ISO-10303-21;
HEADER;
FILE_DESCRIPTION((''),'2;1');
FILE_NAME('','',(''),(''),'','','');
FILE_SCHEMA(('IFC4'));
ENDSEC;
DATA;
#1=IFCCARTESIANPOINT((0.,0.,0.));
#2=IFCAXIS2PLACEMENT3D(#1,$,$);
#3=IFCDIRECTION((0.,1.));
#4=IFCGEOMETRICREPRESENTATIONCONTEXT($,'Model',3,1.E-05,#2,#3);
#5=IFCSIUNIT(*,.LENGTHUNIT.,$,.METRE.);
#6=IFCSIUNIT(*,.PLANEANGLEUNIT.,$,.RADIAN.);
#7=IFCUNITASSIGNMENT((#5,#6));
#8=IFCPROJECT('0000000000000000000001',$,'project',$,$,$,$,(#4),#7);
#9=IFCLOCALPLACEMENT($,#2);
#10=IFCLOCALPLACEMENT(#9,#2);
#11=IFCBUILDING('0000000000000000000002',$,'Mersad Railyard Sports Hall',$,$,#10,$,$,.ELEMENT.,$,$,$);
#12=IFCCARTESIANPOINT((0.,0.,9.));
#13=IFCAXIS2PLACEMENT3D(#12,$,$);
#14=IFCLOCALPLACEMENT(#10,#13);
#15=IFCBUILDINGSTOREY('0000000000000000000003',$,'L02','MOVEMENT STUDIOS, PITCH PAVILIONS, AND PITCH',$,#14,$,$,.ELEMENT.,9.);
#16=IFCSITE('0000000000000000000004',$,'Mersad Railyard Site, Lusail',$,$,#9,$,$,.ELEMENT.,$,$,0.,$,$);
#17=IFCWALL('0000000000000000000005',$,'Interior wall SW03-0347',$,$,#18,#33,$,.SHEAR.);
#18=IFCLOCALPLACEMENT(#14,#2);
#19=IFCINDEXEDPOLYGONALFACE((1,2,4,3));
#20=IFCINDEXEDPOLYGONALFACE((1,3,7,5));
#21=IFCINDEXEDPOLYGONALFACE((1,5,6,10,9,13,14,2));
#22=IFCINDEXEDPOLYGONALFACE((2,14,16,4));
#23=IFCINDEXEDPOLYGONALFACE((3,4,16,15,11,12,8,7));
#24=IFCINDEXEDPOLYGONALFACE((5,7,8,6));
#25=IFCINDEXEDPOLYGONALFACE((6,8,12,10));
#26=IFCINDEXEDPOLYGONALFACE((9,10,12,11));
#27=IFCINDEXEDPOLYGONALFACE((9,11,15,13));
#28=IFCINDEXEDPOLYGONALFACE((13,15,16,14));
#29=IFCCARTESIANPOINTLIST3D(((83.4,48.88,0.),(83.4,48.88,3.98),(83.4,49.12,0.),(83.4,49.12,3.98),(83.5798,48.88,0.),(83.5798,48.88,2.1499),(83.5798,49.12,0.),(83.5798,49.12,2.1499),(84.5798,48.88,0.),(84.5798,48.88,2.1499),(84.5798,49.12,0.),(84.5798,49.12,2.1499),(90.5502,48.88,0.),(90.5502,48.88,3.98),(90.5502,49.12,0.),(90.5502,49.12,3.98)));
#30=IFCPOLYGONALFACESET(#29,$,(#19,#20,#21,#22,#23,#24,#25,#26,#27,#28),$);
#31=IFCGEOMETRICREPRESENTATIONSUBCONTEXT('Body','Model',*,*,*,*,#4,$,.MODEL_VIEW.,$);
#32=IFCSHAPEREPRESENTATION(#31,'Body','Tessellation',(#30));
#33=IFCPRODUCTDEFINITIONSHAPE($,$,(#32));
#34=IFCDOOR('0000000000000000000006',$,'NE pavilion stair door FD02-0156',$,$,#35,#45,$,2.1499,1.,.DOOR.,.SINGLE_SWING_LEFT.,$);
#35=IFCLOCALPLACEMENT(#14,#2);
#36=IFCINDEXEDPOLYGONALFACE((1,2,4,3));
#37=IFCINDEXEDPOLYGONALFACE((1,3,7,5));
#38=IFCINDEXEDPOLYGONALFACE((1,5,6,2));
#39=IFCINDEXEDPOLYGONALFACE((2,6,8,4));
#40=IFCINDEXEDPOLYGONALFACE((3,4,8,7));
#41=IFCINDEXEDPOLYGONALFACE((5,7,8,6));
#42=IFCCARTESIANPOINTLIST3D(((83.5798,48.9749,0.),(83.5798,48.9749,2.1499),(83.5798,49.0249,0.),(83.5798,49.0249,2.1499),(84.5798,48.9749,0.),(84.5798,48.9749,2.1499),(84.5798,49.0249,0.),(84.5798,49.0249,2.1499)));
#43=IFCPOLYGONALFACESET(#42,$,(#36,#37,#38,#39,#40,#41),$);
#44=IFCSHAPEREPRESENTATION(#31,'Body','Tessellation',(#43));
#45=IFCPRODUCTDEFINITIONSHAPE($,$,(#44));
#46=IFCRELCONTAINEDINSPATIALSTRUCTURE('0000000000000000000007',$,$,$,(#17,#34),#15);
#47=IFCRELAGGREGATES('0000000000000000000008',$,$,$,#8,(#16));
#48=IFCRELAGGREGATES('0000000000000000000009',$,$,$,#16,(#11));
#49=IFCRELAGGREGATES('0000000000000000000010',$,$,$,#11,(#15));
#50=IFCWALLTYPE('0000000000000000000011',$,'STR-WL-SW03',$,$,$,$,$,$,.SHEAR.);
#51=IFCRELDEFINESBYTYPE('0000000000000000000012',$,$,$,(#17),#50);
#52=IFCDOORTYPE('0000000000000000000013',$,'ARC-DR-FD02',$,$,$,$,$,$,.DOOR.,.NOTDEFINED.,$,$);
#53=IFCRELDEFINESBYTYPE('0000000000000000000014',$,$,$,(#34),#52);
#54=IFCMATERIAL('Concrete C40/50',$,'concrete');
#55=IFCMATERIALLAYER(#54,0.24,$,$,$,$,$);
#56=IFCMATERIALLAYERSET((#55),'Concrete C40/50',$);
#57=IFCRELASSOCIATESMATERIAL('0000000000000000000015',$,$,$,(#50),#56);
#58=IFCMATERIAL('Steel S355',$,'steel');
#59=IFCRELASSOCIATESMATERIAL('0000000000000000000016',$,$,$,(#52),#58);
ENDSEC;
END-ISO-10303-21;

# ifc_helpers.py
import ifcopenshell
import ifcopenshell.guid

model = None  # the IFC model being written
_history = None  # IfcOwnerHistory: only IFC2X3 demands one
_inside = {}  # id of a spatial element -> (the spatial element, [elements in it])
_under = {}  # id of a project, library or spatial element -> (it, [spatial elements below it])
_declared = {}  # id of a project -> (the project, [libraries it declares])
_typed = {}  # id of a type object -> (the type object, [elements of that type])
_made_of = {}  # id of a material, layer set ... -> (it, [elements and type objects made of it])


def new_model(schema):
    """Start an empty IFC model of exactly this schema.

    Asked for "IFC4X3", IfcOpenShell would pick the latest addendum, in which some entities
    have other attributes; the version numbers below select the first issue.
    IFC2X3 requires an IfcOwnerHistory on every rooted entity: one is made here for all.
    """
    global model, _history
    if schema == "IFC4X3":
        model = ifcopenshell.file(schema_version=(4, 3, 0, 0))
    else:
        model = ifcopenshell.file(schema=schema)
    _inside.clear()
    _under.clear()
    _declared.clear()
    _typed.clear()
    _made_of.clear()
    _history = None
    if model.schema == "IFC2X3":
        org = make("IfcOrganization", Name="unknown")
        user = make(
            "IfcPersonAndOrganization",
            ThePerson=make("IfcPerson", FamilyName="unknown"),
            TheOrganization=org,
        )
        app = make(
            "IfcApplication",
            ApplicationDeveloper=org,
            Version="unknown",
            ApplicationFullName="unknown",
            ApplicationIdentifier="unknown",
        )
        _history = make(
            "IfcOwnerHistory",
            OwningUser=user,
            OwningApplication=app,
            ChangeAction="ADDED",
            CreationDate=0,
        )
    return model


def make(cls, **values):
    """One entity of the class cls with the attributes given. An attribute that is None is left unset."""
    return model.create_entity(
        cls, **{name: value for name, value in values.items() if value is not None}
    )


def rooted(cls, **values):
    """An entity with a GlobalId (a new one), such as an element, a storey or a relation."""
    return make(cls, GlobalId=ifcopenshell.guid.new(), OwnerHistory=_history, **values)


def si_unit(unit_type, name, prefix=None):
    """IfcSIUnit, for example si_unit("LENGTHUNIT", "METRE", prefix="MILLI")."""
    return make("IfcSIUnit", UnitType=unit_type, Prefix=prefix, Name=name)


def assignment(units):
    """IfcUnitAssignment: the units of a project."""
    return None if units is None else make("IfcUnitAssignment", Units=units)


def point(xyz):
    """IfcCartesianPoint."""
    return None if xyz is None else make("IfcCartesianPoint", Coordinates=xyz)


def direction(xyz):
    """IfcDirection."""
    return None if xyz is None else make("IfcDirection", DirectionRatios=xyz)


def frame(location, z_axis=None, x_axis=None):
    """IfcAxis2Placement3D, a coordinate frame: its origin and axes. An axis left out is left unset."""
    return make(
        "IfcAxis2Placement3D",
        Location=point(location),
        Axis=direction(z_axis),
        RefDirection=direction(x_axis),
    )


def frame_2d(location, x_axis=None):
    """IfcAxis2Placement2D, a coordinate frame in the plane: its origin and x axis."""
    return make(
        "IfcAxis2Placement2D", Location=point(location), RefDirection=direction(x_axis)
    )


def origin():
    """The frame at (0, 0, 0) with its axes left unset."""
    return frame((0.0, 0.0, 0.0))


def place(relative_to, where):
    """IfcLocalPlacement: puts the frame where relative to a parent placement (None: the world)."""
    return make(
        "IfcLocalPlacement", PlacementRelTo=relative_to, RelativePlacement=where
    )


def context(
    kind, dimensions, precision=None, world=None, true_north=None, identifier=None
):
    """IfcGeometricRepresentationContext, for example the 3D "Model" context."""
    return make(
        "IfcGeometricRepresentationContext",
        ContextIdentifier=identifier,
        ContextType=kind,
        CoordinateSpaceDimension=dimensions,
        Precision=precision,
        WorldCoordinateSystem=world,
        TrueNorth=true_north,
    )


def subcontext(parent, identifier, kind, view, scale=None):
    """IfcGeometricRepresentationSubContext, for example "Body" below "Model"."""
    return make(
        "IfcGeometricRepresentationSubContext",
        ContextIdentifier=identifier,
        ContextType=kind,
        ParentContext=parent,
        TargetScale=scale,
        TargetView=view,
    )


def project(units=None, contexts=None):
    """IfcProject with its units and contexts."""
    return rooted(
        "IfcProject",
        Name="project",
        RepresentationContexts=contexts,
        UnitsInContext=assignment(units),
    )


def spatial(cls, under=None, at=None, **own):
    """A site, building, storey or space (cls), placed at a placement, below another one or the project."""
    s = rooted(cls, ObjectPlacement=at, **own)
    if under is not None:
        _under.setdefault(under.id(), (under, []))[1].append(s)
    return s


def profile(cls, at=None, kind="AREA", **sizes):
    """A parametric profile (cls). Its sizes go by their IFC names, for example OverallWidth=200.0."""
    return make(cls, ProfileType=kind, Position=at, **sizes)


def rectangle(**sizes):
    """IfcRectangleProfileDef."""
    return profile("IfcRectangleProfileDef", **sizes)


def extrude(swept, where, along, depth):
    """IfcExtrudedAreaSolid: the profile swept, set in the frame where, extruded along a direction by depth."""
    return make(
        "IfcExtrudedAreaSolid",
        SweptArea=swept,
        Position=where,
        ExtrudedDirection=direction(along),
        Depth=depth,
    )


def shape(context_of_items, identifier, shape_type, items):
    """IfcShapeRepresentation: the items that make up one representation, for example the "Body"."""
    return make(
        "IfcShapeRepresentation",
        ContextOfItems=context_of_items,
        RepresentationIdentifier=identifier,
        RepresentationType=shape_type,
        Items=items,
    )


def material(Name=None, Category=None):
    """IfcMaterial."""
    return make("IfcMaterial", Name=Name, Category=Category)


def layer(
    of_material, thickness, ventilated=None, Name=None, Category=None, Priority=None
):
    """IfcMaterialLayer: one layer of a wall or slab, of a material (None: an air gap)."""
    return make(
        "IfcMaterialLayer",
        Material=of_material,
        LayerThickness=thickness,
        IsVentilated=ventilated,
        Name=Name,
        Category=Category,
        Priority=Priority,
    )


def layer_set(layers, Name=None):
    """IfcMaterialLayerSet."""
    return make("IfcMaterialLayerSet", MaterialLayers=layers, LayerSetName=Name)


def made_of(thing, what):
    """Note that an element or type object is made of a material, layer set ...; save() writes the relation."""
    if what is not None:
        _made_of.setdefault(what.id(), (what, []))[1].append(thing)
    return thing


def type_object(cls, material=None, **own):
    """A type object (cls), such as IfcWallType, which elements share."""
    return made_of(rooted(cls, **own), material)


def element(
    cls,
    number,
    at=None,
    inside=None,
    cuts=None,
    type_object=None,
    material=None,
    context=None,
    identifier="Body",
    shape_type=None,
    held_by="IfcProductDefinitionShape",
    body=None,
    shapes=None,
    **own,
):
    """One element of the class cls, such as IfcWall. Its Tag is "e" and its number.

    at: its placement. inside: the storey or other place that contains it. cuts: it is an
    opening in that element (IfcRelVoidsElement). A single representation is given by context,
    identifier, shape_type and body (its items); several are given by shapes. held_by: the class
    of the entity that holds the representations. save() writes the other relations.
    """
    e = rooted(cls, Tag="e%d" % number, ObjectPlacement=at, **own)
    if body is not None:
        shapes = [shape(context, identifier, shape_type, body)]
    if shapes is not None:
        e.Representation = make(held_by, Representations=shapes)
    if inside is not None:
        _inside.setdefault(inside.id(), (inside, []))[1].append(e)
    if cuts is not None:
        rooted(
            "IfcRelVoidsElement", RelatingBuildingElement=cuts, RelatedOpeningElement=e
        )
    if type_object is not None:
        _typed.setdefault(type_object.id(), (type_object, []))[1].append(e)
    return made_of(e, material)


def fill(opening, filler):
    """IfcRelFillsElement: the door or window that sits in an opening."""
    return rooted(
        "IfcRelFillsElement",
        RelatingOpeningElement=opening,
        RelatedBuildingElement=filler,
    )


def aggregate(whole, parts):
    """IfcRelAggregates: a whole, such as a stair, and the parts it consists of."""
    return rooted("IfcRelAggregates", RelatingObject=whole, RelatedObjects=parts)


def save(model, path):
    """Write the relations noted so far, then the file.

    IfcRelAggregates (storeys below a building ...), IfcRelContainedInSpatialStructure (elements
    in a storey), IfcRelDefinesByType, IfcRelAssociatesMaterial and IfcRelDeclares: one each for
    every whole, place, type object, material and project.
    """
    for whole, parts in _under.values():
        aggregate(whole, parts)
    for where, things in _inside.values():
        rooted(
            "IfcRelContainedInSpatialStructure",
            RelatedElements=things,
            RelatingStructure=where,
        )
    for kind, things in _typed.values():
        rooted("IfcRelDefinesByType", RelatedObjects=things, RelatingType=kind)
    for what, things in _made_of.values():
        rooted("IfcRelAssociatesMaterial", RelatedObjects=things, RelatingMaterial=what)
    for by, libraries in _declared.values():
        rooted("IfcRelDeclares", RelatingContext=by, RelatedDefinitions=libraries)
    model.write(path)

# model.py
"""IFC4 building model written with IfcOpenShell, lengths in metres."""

from ifc_helpers import new_model, si_unit, direction, frame, frame_2d, origin, place, context, subcontext, project, spatial, rectangle, extrude, material, layer, layer_set, type_object, element, fill, save


model = new_model("IFC4")

# Units and contexts
model_context = context("Model", 3, precision=1e-05, world=origin(), true_north=direction((0.0, 1.0)))
body_context = subcontext(model_context, "Body", "Model", "MODEL_VIEW")
ifc_project = project(units=[si_unit("LENGTHUNIT", "METRE"), si_unit("PLANEANGLEUNIT", "RADIAN")], contexts=[model_context])

# Site, building, storey
site_placement = place(None, origin())
site = spatial("IfcSite", under=ifc_project, at=site_placement, Name="Mersad Railyard Site, Lusail", CompositionType="ELEMENT", RefElevation=0.0)
building_placement = place(site_placement, origin())
building = spatial("IfcBuilding", under=site, at=building_placement, Name="Mersad Railyard Sports Hall", CompositionType="ELEMENT")
storey_placement = place(building_placement, frame((0.0, 0.0, 9.0)))
storey = spatial("IfcBuildingStorey", under=building, at=storey_placement, Name="L02", Description="MOVEMENT STUDIOS, PITCH PAVILIONS, AND PITCH", CompositionType="ELEMENT", Elevation=9.0)

# Shared definitions
ifc_material_1 = material(Name="Concrete C40/50", Category="concrete")

# Shared definitions
ifc_material_2 = material(Name="Steel S355", Category="steel")

# Shared definitions
ifc_layer_1 = layer(ifc_material_1, 0.24)
ifc_layer_set_1 = layer_set([ifc_layer_1], Name="Concrete C40/50")
wall_type_1 = type_object("IfcWallType", Name="STR-WL-SW03", PredefinedType="SHEAR", material=ifc_layer_set_1)

# Shared definitions
door_type_1 = type_object("IfcDoorType", Name="ARC-DR-FD02", OperationType="NOTDEFINED", PredefinedType="DOOR", material=ifc_material_2)

# Wall, opening, door
wall_1_placement = place(storey_placement, frame((83.3999, 49.0, 0.0), z_axis=(0.0, 0.0, 1.0), x_axis=(1.0, 0.0, 0.0)))
wall_1 = element("IfcWall", 1, at=wall_1_placement, inside=storey, type_object=wall_type_1, Name="Interior wall SW03-0347", PredefinedType="SHEAR", context=body_context, shape_type="SweptSolid", body=[
    extrude(rectangle(XDim=7.1501, YDim=0.24, at=frame_2d((3.5752, 0.0))), origin(), (0.0, 0.0, 1.0), 3.98),
])
opening_1_placement = place(wall_1_placement, frame((0.1799, 0.0, 0.0)))
opening_1 = element("IfcOpeningElement", 2, at=opening_1_placement, cuts=wall_1, PredefinedType="OPENING", context=body_context, shape_type="SweptSolid", body=[
    extrude(rectangle(XDim=1.0, YDim=2.1499, at=frame_2d((0.5, 1.075))), frame((0.0, 0.1299, 0.0), z_axis=(0.0, -1.0, 0.0), x_axis=(1.0, 0.0, 0.0)), (0.0, 0.0, 1.0), 0.26),
])
door_1_placement = place(opening_1_placement, origin())
door_1 = element("IfcDoor", 3, at=door_1_placement, inside=storey, type_object=door_type_1, Name="NE pavilion stair door FD02-0156", OperationType="SINGLE_SWING_LEFT", OverallHeight=2.1499, OverallWidth=1.0, PredefinedType="DOOR", context=body_context, shape_type="SweptSolid", body=[
    extrude(rectangle(XDim=1.0, YDim=2.1499, at=frame_2d((0.5, 1.075))), frame((0.0, 0.0249, 0.0), z_axis=(0.0, -1.0, 0.0), x_axis=(1.0, 0.0, 0.0)), (0.0, 0.0, 1.0), 0.05),
])
fill(opening_1, door_1)

save(model, "model.ifc")
